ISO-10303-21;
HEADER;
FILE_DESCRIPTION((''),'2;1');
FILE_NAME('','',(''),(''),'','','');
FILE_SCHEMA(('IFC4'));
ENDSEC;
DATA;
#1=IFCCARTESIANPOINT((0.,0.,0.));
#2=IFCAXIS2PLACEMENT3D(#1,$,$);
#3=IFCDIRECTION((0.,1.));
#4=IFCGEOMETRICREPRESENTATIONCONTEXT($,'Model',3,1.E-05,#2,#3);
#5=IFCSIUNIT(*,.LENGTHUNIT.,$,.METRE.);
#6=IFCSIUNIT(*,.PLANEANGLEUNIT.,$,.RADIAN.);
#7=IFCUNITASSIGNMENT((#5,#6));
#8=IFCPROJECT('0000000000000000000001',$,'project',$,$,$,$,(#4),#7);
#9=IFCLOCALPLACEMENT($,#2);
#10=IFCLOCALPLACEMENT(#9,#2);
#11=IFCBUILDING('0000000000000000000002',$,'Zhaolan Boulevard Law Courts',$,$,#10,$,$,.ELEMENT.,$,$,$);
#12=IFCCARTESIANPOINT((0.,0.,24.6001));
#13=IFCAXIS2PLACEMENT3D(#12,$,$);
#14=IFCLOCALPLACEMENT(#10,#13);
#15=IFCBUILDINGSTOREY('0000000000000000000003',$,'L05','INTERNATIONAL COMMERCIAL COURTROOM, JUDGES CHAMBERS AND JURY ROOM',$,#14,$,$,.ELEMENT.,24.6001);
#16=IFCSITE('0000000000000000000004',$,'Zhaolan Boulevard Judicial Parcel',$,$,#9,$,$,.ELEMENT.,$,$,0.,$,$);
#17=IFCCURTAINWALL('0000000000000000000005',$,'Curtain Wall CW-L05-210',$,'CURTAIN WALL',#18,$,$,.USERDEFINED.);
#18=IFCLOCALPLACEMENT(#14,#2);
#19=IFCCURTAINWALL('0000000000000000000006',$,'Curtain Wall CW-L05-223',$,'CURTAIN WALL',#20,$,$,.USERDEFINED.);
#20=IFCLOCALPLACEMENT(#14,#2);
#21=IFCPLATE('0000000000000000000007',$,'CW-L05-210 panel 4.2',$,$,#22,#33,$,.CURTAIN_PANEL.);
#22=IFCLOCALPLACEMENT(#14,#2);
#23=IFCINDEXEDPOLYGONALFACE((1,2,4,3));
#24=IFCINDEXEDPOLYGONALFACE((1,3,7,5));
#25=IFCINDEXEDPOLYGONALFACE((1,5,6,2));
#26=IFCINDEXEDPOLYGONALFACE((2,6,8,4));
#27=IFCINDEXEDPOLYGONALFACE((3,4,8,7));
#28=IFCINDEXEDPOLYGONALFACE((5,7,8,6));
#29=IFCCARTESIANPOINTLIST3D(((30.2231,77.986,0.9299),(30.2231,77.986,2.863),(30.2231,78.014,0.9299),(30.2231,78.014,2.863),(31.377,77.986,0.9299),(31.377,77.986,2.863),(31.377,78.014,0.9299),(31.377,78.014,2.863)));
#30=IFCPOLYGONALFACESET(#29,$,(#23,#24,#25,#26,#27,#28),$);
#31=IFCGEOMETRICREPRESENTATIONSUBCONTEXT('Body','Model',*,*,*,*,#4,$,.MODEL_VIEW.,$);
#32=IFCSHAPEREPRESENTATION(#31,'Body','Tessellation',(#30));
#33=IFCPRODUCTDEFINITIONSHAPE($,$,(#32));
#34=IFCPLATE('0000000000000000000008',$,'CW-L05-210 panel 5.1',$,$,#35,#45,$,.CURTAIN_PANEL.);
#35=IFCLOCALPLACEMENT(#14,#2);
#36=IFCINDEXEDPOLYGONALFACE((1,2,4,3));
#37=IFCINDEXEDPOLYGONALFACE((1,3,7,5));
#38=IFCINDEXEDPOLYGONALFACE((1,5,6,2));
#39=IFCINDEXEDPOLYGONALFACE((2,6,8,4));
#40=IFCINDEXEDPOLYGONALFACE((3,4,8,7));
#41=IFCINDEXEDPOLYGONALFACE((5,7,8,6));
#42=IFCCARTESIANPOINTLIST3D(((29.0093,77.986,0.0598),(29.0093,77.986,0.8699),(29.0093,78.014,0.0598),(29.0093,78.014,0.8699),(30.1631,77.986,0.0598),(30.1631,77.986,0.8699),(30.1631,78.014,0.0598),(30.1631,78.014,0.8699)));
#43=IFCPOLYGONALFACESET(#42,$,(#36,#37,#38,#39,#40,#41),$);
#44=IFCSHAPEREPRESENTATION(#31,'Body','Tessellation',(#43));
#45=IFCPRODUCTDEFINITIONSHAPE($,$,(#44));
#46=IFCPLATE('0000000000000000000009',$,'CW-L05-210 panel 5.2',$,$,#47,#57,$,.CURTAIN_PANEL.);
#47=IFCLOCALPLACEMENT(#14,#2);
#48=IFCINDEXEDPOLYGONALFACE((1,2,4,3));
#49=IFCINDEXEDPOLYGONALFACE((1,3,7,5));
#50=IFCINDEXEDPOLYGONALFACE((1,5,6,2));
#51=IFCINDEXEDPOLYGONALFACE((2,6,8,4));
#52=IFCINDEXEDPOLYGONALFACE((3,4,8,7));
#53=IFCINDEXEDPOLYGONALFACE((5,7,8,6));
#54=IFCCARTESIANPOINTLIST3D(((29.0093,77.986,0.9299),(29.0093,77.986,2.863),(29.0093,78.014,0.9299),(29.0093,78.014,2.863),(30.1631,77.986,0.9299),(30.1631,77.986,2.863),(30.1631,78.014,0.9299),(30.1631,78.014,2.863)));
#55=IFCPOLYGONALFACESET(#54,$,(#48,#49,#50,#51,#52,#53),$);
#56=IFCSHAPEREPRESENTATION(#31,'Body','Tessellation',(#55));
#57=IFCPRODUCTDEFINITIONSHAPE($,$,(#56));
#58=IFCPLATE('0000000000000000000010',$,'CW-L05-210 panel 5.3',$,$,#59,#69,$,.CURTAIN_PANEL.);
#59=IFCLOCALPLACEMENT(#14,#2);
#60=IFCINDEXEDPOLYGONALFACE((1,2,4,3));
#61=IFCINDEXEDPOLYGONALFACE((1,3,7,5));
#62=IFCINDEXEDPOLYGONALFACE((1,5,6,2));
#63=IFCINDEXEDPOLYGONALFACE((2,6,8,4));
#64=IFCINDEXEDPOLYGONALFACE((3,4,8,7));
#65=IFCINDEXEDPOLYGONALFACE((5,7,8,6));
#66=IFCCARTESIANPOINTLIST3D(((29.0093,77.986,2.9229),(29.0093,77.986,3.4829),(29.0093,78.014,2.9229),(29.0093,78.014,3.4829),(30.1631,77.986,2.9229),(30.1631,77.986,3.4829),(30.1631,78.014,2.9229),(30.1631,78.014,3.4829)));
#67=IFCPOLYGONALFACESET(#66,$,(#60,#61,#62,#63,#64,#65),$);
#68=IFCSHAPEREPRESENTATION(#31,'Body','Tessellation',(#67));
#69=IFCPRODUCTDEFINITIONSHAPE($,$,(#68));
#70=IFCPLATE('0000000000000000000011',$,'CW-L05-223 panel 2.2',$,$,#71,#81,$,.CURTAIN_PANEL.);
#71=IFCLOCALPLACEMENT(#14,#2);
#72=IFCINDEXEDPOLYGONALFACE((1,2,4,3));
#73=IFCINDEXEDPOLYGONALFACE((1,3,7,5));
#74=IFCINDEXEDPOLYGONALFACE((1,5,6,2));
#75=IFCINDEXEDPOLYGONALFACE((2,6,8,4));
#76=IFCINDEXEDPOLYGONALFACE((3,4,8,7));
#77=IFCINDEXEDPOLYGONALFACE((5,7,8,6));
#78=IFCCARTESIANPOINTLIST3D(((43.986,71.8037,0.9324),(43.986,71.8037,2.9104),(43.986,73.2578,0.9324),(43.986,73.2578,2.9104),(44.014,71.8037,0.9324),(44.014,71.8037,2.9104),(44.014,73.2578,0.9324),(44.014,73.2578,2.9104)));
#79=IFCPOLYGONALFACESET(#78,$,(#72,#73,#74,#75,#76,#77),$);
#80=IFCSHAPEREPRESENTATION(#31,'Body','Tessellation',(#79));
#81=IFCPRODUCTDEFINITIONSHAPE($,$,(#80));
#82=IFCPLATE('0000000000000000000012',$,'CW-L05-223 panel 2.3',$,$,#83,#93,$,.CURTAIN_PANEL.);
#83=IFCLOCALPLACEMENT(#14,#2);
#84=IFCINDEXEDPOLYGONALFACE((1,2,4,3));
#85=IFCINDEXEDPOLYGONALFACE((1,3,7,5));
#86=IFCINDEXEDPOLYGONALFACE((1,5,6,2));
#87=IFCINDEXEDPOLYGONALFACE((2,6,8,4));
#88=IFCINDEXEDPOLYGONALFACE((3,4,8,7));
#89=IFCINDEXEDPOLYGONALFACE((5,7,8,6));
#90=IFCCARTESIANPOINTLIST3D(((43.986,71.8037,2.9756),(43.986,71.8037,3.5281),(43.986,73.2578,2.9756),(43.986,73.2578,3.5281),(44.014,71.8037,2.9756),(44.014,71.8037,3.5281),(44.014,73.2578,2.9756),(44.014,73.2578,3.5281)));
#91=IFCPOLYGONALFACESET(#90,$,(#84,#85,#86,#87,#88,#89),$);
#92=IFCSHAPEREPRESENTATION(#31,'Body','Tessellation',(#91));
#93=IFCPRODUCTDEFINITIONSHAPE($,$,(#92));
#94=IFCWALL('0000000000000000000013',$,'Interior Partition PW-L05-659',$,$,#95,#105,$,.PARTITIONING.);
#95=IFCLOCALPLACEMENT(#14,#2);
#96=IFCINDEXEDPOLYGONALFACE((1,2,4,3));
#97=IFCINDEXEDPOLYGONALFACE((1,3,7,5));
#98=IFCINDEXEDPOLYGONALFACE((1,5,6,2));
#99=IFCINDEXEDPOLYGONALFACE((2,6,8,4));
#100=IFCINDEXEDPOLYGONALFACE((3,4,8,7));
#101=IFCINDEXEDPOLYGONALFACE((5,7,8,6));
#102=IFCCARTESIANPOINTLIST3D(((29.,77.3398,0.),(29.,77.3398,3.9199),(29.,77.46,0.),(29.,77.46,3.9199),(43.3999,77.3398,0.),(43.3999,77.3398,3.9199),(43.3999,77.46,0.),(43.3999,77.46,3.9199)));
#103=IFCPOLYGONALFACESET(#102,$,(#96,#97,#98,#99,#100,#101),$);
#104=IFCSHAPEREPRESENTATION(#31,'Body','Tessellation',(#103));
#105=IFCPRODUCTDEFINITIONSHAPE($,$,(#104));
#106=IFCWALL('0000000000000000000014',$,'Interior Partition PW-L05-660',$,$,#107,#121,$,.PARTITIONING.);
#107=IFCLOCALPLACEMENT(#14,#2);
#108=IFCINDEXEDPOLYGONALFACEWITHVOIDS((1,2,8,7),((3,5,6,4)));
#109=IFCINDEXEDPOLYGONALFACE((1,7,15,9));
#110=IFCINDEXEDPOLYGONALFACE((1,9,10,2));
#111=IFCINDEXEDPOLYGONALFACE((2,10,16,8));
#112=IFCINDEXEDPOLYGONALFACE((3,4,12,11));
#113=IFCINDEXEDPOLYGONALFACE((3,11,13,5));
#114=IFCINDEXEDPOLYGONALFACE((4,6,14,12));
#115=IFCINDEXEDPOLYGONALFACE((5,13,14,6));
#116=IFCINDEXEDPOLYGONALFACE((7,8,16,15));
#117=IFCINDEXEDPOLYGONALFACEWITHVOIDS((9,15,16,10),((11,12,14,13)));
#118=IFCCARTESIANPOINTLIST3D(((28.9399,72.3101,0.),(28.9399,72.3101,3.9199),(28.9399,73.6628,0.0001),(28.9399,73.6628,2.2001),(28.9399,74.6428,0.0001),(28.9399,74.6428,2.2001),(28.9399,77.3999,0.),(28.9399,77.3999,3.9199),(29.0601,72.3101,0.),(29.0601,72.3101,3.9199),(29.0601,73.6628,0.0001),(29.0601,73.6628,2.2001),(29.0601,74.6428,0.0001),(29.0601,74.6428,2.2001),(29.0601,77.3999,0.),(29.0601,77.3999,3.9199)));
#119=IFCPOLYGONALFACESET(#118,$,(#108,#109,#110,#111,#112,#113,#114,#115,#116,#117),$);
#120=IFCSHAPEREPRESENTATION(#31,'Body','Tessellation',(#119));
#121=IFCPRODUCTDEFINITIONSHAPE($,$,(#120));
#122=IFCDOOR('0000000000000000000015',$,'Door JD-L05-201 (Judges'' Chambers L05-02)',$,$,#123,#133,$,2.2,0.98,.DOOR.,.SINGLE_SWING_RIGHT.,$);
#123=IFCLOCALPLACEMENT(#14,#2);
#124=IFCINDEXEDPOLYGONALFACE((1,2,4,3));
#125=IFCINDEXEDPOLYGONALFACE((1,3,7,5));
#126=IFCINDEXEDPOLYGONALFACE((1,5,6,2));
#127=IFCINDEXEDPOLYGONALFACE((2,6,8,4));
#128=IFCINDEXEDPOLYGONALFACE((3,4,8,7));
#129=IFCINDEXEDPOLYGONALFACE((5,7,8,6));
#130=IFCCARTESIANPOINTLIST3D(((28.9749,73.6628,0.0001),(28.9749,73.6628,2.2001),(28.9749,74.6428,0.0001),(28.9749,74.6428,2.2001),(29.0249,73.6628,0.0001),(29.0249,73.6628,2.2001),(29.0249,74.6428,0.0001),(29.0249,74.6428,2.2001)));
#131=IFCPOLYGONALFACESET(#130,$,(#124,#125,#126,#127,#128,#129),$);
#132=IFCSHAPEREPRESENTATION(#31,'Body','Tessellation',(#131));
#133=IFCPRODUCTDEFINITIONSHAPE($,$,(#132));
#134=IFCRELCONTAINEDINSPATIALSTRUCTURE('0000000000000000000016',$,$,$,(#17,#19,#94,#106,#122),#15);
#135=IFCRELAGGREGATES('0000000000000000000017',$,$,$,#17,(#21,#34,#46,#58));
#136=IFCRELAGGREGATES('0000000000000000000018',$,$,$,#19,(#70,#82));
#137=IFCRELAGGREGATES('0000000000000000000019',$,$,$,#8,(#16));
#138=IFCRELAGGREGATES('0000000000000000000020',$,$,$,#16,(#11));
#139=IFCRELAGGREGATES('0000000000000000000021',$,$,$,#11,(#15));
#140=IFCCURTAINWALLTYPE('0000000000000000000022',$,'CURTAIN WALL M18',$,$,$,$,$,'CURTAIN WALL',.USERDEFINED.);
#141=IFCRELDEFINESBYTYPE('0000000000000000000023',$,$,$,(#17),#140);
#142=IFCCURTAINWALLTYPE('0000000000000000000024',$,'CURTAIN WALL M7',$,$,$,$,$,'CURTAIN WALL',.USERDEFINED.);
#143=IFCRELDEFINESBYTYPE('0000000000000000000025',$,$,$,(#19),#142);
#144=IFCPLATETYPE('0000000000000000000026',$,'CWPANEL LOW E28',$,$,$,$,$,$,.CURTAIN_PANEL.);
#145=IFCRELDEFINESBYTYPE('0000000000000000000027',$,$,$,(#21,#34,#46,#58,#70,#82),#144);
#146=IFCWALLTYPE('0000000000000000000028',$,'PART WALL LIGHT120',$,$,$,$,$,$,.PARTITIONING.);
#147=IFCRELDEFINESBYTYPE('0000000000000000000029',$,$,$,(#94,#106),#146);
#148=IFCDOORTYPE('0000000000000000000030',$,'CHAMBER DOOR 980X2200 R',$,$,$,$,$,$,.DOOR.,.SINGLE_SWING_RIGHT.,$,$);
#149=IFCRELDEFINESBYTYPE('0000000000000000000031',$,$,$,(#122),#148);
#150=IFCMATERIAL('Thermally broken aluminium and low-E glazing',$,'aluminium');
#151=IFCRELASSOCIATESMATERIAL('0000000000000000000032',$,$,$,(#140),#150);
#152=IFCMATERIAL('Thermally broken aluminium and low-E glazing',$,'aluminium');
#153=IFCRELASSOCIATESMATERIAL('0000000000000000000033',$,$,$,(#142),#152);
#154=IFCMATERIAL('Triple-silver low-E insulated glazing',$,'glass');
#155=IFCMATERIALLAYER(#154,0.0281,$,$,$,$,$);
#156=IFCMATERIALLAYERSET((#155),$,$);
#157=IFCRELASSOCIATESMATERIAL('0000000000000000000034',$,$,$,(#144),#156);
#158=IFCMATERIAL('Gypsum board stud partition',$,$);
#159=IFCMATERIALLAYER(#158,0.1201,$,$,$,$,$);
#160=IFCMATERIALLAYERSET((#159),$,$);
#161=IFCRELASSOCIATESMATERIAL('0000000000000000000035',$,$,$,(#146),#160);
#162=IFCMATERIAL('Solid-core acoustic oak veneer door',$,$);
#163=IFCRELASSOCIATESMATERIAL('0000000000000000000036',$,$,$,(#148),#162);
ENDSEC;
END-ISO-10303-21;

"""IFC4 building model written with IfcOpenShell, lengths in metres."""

from ifc_helpers import new_model, si_unit, direction, frame, frame_2d, origin, origin_2d, place, context, subcontext, project, spatial, rectangle, extrude, material, layer, layer_set, type_object, element, fill, aggregate, save


model = new_model("IFC4")

# Units and contexts
model_context = context("Model", 3, precision=1e-05, world=origin(), true_north=direction((0.0, 1.0)))
body_context = subcontext(model_context, "Body", "Model", "MODEL_VIEW")
ifc_project = project(units=[si_unit("LENGTHUNIT", "METRE"), si_unit("PLANEANGLEUNIT", "RADIAN")], contexts=[model_context])

# Site, building, storey
site_placement = place(None, origin())
site = spatial("IfcSite", under=ifc_project, at=site_placement, Name="Zhaolan Boulevard Judicial Parcel", CompositionType="ELEMENT", RefElevation=0.0)
building_placement = place(site_placement, origin())
building = spatial("IfcBuilding", under=site, at=building_placement, Name="Zhaolan Boulevard Law Courts", CompositionType="ELEMENT")
storey_placement = place(building_placement, frame((0.0, 0.0, 24.6001)))
storey = spatial("IfcBuildingStorey", under=building, at=storey_placement, Name="L05", Description="INTERNATIONAL COMMERCIAL COURTROOM, JUDGES CHAMBERS AND JURY ROOM", CompositionType="ELEMENT", Elevation=24.6001)

# Curtain wall
ifc_material_1 = material(Name="Thermally broken aluminium and low-E glazing", Category="aluminium")
curtain_wall_type_1 = type_object("IfcCurtainWallType", Name="CURTAIN WALL M18", ElementType="CURTAIN WALL", PredefinedType="USERDEFINED", material=ifc_material_1)
curtain_wall_1_placement = place(storey_placement, origin())
curtain_wall_1 = element("IfcCurtainWall", 1, at=curtain_wall_1_placement, inside=storey, type_object=curtain_wall_type_1, Name="Curtain Wall CW-L05-210", ObjectType="CURTAIN WALL", PredefinedType="USERDEFINED")

# Curtain wall
ifc_material_2 = material(Name="Thermally broken aluminium and low-E glazing", Category="aluminium")
curtain_wall_type_2 = type_object("IfcCurtainWallType", Name="CURTAIN WALL M7", ElementType="CURTAIN WALL", PredefinedType="USERDEFINED", material=ifc_material_2)
curtain_wall_2_placement = place(storey_placement, origin())
curtain_wall_2 = element("IfcCurtainWall", 2, at=curtain_wall_2_placement, inside=storey, type_object=curtain_wall_type_2, Name="Curtain Wall CW-L05-223", ObjectType="CURTAIN WALL", PredefinedType="USERDEFINED")

# Plates
ifc_material_3 = material(Name="Triple-silver low-E insulated glazing", Category="glass")
ifc_layer_1 = layer(ifc_material_3, 0.0281)
ifc_layer_set_1 = layer_set([ifc_layer_1])
plate_type = type_object("IfcPlateType", Name="CWPANEL LOW E28", PredefinedType="CURTAIN_PANEL", material=ifc_layer_set_1)
plate_1_placement = place(storey_placement, frame((30.8, 78.0, 0.9299), z_axis=(0.0, 0.0, 1.0), x_axis=(-1.0, 0.0, 0.0)))
plate_1 = element("IfcPlate", 3, at=plate_1_placement, type_object=plate_type, Name="CW-L05-210 panel 4.2", PredefinedType="CURTAIN_PANEL", context=body_context, shape_type="SweptSolid", body=[
    extrude(rectangle(XDim=1.1538, YDim=0.0281, at=origin_2d()), origin(), (0.0, 0.0, 1.0), 1.9331),
])
plate_2_placement = place(storey_placement, frame((29.5862, 78.0, 0.0598), z_axis=(0.0, 0.0, 1.0), x_axis=(-1.0, 0.0, 0.0)))
plate_2 = element("IfcPlate", 4, at=plate_2_placement, type_object=plate_type, Name="CW-L05-210 panel 5.1", PredefinedType="CURTAIN_PANEL", context=body_context, shape_type="SweptSolid", body=[
    extrude(rectangle(XDim=1.1538, YDim=0.0281, at=origin_2d()), origin(), (0.0, 0.0, 1.0), 0.8101),
])
plate_3_placement = place(storey_placement, frame((29.5862, 78.0, 0.9299), z_axis=(0.0, 0.0, 1.0), x_axis=(-1.0, 0.0, 0.0)))
plate_3 = element("IfcPlate", 5, at=plate_3_placement, type_object=plate_type, Name="CW-L05-210 panel 5.2", PredefinedType="CURTAIN_PANEL", context=body_context, shape_type="SweptSolid", body=[
    extrude(rectangle(XDim=1.1538, YDim=0.0281, at=origin_2d()), origin(), (0.0, 0.0, 1.0), 1.9331),
])
plate_4_placement = place(storey_placement, frame((29.5862, 78.0, 2.9229), z_axis=(0.0, 0.0, 1.0), x_axis=(-1.0, 0.0, 0.0)))
plate_4 = element("IfcPlate", 6, at=plate_4_placement, type_object=plate_type, Name="CW-L05-210 panel 5.3", PredefinedType="CURTAIN_PANEL", context=body_context, shape_type="SweptSolid", body=[
    extrude(rectangle(XDim=1.1538, YDim=0.0281, at=origin_2d()), origin(), (0.0, 0.0, 1.0), 0.5601),
])
aggregate(curtain_wall_1, [plate_1, plate_2, plate_3, plate_4])
plate_5_placement = place(storey_placement, frame((44.0, 72.5308, 0.9324), z_axis=(0.0, 0.0, 1.0), x_axis=(0.0, 1.0, 0.0)))
plate_5 = element("IfcPlate", 7, at=plate_5_placement, type_object=plate_type, Name="CW-L05-223 panel 2.2", PredefinedType="CURTAIN_PANEL", context=body_context, shape_type="SweptSolid", body=[
    extrude(rectangle(XDim=1.4541, YDim=0.0281, at=origin_2d()), origin(), (0.0, 0.0, 1.0), 1.978),
])
plate_6_placement = place(storey_placement, frame((44.0, 72.5308, 2.9756), z_axis=(0.0, 0.0, 1.0), x_axis=(0.0, 1.0, 0.0)))
plate_6 = element("IfcPlate", 8, at=plate_6_placement, type_object=plate_type, Name="CW-L05-223 panel 2.3", PredefinedType="CURTAIN_PANEL", context=body_context, shape_type="SweptSolid", body=[
    extrude(rectangle(XDim=1.4541, YDim=0.0281, at=origin_2d()), origin(), (0.0, 0.0, 1.0), 0.5525),
])
aggregate(curtain_wall_2, [plate_5, plate_6])

# Wall
ifc_material_4 = material(Name="Gypsum board stud partition")
ifc_layer_2 = layer(ifc_material_4, 0.1201)
ifc_layer_set_2 = layer_set([ifc_layer_2])
wall_type = type_object("IfcWallType", Name="PART WALL LIGHT120", PredefinedType="PARTITIONING", material=ifc_layer_set_2)
wall_1_placement = place(storey_placement, frame((43.3999, 77.3999, 0.0), z_axis=(0.0, 0.0, 1.0), x_axis=(-1.0, 0.0, 0.0)))
element("IfcWall", 9, at=wall_1_placement, inside=storey, type_object=wall_type, Name="Interior Partition PW-L05-659", PredefinedType="PARTITIONING", context=body_context, shape_type="SweptSolid", body=[
    extrude(rectangle(XDim=14.3999, YDim=0.1201, at=frame_2d((7.2, 0.0))), origin(), (0.0, 0.0, 1.0), 3.9199),
])

# Wall, opening, door
wall_2_placement = place(storey_placement, frame((29.0, 77.3999, 0.0), z_axis=(0.0, 0.0, 1.0), x_axis=(0.0, -1.0, 0.0)))
wall_2 = element("IfcWall", 10, at=wall_2_placement, inside=storey, type_object=wall_type, Name="Interior Partition PW-L05-660", PredefinedType="PARTITIONING", context=body_context, shape_type="SweptSolid", body=[
    extrude(rectangle(XDim=5.0898, YDim=0.1201, at=frame_2d((2.5449, 0.0))), origin(), (0.0, 0.0, 1.0), 3.9199),
])
opening_placement = place(wall_2_placement, frame((2.7571, 0.0, 0.0)))
opening = element("IfcOpeningElement", 11, at=opening_placement, cuts=wall_2, PredefinedType="OPENING", context=body_context, shape_type="SweptSolid", body=[
    extrude(rectangle(XDim=0.98, YDim=2.2, at=frame_2d((0.49, 1.1001))), frame((0.0, 0.0701, 0.0), z_axis=(0.0, -1.0, 0.0), x_axis=(1.0, 0.0, 0.0)), (0.0, 0.0, 1.0), 0.1401),
])
ifc_material_5 = material(Name="Solid-core acoustic oak veneer door")
door_type = type_object("IfcDoorType", Name="CHAMBER DOOR 980X2200 R", OperationType="SINGLE_SWING_RIGHT", PredefinedType="DOOR", material=ifc_material_5)
door_placement = place(opening_placement, origin())
door = element("IfcDoor", 12, at=door_placement, inside=storey, type_object=door_type, Name="Door JD-L05-201 (Judges' Chambers L05-02)", OperationType="SINGLE_SWING_RIGHT", OverallHeight=2.2, OverallWidth=0.98, PredefinedType="DOOR", context=body_context, shape_type="SweptSolid", body=[
    extrude(rectangle(XDim=0.98, YDim=2.2, at=frame_2d((0.49, 1.1001))), frame((0.0, 0.0249, 0.0), z_axis=(0.0, -1.0, 0.0), x_axis=(1.0, 0.0, 0.0)), (0.0, 0.0, 1.0), 0.05),
])
fill(opening, door)

save(model, "model.ifc")
